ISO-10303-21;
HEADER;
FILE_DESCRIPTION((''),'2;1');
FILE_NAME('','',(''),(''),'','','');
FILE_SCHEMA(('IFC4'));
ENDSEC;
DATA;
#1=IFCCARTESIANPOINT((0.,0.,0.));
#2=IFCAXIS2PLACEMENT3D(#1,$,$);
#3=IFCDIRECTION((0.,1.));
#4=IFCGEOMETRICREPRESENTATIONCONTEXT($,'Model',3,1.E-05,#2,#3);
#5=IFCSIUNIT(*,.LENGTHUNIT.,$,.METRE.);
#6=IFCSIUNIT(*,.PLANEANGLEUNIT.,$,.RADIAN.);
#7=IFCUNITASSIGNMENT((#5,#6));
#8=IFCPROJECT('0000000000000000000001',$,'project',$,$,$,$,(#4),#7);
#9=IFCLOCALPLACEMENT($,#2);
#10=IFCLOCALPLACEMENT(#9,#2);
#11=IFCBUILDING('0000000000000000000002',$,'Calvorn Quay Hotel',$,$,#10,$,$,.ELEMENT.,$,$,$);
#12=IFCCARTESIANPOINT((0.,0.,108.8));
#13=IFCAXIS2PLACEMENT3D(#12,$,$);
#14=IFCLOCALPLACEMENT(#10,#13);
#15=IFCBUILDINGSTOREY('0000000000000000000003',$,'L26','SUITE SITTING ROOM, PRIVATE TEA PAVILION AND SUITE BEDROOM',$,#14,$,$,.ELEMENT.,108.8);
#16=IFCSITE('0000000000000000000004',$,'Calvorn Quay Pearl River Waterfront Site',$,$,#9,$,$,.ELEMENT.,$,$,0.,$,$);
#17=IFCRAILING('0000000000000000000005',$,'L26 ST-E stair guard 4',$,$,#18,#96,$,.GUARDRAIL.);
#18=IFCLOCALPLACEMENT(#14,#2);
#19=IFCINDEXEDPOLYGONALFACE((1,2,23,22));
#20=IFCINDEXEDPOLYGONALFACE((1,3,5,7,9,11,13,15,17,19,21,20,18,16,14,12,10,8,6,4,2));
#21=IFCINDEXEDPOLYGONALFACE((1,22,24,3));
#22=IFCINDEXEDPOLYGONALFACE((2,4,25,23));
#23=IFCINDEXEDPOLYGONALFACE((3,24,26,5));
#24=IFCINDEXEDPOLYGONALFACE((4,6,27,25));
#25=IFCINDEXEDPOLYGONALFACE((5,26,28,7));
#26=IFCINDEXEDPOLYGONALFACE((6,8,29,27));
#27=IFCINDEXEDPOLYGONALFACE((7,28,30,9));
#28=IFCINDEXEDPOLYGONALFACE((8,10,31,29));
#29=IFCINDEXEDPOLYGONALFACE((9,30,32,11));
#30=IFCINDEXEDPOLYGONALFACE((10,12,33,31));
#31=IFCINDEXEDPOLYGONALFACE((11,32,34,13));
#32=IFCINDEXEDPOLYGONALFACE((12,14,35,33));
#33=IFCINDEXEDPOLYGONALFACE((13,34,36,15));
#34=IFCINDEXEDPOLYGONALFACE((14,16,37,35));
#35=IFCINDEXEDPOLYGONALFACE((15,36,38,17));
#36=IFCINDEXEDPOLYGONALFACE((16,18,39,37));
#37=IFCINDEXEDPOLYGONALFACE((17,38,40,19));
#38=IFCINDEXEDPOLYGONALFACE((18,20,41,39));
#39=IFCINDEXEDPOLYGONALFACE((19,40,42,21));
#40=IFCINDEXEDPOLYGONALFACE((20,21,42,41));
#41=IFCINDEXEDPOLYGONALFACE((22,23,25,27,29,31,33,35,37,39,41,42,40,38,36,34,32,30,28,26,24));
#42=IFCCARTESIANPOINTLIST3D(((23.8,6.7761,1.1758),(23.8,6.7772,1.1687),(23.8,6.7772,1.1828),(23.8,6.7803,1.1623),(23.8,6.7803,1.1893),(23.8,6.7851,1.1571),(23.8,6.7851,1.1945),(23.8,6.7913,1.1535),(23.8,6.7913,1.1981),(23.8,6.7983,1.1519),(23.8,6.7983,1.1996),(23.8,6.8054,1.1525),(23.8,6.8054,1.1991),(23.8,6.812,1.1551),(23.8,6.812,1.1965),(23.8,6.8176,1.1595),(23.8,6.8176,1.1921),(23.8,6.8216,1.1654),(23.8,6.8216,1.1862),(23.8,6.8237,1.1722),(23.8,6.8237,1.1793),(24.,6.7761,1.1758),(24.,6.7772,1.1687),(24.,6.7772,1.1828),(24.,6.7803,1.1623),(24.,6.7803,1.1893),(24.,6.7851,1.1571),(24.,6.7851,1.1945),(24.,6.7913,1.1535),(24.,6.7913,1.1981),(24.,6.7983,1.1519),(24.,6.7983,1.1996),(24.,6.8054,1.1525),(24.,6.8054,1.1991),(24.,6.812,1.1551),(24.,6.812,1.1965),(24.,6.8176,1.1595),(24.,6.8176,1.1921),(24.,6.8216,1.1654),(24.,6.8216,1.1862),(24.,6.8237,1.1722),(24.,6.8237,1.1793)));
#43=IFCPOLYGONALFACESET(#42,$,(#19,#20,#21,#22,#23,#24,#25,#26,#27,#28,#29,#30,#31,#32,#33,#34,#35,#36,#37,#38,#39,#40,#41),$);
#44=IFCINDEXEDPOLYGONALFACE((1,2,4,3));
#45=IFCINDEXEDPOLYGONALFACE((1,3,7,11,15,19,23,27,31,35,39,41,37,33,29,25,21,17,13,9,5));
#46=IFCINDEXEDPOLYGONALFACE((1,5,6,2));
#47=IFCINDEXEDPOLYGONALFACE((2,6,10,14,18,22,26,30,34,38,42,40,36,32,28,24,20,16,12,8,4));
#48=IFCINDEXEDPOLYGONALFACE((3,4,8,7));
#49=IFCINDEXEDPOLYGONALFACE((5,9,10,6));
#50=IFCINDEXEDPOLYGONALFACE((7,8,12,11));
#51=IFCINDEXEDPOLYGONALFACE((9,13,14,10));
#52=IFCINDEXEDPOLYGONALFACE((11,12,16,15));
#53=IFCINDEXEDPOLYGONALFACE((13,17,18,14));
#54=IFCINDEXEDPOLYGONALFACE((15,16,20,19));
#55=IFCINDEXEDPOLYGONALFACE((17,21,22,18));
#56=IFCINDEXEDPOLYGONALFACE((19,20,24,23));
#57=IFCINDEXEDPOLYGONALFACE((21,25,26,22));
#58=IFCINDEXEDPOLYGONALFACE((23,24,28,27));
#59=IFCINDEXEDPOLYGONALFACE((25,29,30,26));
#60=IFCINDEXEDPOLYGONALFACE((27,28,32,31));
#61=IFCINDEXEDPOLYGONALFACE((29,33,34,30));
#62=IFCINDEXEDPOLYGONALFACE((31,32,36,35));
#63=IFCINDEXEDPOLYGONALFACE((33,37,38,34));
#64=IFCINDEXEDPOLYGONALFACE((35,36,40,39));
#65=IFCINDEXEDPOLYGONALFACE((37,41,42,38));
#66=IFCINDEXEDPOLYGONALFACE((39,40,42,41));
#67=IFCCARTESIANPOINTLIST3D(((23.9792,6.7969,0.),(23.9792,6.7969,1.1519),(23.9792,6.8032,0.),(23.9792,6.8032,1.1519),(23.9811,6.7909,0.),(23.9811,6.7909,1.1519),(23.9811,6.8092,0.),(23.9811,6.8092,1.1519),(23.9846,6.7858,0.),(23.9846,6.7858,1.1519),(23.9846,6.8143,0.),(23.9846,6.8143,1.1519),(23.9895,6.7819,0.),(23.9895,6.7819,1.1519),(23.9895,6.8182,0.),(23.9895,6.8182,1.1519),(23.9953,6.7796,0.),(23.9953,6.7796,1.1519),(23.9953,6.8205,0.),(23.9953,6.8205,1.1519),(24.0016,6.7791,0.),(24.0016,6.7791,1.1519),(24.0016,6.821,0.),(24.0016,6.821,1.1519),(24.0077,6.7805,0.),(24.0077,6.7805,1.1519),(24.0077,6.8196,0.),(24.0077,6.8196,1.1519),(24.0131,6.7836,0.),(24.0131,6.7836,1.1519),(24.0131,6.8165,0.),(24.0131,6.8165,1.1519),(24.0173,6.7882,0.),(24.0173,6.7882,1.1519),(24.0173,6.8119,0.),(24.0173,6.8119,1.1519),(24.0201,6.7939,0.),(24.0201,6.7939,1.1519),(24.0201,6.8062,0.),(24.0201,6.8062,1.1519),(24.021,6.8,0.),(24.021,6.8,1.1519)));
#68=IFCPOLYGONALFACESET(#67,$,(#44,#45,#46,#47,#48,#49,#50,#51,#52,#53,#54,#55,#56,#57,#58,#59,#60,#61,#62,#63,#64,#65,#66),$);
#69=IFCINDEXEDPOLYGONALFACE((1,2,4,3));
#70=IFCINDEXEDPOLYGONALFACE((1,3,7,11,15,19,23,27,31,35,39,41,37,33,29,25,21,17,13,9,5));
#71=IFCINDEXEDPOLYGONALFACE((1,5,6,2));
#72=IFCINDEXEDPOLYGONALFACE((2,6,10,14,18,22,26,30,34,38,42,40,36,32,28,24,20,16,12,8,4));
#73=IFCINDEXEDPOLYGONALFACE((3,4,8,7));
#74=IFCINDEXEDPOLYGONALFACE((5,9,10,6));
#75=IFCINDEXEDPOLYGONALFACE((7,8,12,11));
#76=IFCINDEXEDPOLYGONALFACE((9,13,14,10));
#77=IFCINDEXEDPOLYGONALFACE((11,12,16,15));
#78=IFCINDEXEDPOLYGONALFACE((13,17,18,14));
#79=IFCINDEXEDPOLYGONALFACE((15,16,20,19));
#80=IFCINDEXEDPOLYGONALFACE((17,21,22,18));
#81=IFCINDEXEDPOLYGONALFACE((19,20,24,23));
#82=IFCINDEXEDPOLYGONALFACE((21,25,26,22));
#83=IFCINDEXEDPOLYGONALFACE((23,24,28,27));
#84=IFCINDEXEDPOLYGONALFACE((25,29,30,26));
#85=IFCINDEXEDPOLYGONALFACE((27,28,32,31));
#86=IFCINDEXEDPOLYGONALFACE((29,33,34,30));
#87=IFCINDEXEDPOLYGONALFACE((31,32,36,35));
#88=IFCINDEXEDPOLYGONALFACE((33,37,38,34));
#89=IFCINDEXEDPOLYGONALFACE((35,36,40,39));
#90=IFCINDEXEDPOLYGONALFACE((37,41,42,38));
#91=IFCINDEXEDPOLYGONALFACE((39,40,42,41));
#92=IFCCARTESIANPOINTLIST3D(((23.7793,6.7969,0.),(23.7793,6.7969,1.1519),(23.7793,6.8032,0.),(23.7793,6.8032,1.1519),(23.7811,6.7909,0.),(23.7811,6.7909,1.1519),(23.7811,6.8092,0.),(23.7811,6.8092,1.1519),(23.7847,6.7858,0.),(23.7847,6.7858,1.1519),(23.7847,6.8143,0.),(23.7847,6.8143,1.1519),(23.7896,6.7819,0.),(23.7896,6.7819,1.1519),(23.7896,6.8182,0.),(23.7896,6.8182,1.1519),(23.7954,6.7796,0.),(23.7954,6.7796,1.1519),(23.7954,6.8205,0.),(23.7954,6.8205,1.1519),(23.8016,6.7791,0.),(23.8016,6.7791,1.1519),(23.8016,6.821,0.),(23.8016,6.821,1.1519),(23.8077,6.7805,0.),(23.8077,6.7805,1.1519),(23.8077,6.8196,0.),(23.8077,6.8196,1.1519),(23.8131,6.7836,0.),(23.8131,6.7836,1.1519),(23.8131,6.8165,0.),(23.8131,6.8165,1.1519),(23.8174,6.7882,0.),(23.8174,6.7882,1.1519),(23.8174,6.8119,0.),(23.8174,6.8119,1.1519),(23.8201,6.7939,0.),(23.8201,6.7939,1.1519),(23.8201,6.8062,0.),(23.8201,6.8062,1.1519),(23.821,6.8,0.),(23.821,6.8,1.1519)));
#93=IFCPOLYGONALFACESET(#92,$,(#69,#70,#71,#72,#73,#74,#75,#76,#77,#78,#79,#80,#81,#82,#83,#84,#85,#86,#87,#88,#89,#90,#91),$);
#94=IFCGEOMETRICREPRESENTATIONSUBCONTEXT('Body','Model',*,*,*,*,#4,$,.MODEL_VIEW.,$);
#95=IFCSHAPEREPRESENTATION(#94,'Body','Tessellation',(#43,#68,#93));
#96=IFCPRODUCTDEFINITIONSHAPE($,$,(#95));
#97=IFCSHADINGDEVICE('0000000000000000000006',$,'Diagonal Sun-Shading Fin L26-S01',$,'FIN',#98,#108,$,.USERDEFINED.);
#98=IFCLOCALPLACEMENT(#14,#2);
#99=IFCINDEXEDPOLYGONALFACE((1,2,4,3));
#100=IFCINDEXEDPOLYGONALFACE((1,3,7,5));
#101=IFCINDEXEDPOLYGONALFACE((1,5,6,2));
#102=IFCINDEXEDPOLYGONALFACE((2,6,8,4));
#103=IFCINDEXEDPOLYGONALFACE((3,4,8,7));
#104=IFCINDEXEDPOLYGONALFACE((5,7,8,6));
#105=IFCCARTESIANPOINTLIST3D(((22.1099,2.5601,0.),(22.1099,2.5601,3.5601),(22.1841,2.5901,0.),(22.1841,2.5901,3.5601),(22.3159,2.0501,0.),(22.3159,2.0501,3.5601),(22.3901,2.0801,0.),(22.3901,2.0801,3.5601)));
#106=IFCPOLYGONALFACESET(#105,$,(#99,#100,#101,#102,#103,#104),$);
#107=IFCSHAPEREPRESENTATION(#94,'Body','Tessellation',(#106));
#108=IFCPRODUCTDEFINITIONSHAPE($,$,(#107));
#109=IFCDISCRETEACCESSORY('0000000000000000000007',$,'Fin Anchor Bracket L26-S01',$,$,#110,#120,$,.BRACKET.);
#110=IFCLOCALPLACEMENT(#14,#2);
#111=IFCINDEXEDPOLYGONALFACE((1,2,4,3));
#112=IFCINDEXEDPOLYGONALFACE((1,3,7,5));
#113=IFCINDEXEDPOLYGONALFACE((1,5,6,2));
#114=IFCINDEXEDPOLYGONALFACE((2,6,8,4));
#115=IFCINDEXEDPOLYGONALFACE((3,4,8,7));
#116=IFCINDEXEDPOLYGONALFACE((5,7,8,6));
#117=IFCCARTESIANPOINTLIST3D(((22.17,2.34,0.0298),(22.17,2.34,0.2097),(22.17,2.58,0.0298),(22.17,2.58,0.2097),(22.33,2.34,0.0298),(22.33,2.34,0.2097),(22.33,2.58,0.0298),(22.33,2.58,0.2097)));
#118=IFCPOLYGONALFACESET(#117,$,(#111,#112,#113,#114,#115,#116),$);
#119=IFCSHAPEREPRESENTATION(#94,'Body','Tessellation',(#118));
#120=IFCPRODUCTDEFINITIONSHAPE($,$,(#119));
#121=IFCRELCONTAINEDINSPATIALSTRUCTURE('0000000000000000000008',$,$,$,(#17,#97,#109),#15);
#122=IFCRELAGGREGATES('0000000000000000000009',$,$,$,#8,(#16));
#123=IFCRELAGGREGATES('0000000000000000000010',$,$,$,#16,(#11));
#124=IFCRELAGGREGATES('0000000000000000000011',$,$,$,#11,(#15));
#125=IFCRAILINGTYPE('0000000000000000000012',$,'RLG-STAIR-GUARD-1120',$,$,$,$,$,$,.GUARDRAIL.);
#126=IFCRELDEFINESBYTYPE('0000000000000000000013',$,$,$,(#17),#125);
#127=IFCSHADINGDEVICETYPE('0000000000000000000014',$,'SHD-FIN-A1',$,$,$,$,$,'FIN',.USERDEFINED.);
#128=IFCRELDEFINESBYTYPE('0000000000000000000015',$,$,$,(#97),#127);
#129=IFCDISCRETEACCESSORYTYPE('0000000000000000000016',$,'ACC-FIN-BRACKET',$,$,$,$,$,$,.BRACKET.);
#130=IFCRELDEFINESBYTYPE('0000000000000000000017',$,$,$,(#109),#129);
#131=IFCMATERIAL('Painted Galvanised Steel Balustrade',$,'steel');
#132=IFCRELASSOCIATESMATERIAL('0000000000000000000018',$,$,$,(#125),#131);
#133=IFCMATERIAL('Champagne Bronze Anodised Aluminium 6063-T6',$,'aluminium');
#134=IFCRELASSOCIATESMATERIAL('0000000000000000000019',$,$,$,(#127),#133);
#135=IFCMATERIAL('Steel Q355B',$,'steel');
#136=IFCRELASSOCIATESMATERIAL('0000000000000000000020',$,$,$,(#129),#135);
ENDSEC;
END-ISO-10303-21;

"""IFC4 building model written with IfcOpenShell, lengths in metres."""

from ifc_helpers import new_model, si_unit, direction, frame, origin, origin_2d, place, context, subcontext, project, spatial, rectangle, circle, extrude, material, type_object, element, save


model = new_model("IFC4")

# Units and contexts
model_context = context("Model", 3, precision=1e-05, world=origin(), true_north=direction((0.0, 1.0)))
body_context = subcontext(model_context, "Body", "Model", "MODEL_VIEW")
ifc_project = project(units=[si_unit("LENGTHUNIT", "METRE"), si_unit("PLANEANGLEUNIT", "RADIAN")], contexts=[model_context])

# Site, building, storey
site_placement = place(None, origin())
site = spatial("IfcSite", under=ifc_project, at=site_placement, Name="Calvorn Quay Pearl River Waterfront Site", CompositionType="ELEMENT", RefElevation=0.0)
building_placement = place(site_placement, origin())
building = spatial("IfcBuilding", under=site, at=building_placement, Name="Calvorn Quay Hotel", CompositionType="ELEMENT")
storey_placement = place(building_placement, frame((0.0, 0.0, 108.8)))
storey = spatial("IfcBuildingStorey", under=building, at=storey_placement, Name="L26", Description="SUITE SITTING ROOM, PRIVATE TEA PAVILION AND SUITE BEDROOM", CompositionType="ELEMENT", Elevation=108.8)

# Railing
ifc_material_1 = material(Name="Painted Galvanised Steel Balustrade", Category="steel")
railing_type_1 = type_object("IfcRailingType", Name="RLG-STAIR-GUARD-1120", PredefinedType="GUARDRAIL", material=ifc_material_1)
railing_1_placement = place(storey_placement, frame((24.0, 6.8, 0.0)))
element("IfcRailing", 1, at=railing_1_placement, inside=storey, type_object=railing_type_1, Name="L26 ST-E stair guard 4", PredefinedType="GUARDRAIL", context=body_context, shape_type="SweptSolid", body=[
    extrude(circle(Radius=0.0239, at=origin_2d()), frame((0.0, 0.0, 1.1758), z_axis=(-1.0, 0.0, 0.0), x_axis=(0.0, -1.0, 0.0)), (0.0, 0.0, 1.0), 0.2),
    extrude(circle(Radius=0.021, at=origin_2d()), origin(), (0.0, 0.0, 1.0), 1.1519),
    extrude(circle(Radius=0.021, at=origin_2d()), frame((-0.2, 0.0, 0.0)), (0.0, 0.0, 1.0), 1.1519),
])

# Shading device
ifc_material_2 = material(Name="Champagne Bronze Anodised Aluminium 6063-T6", Category="aluminium")
shading_device_type = type_object("IfcShadingDeviceType", Name="SHD-FIN-A1", ElementType="FIN", PredefinedType="USERDEFINED", material=ifc_material_2)
shading_device_placement = place(storey_placement, frame((22.25, 2.3201, 0.0), z_axis=(0.0, 0.0, 1.0), x_axis=(-0.374607, 0.927184, 0.0)))
element("IfcShadingDevice", 2, at=shading_device_placement, inside=storey, type_object=shading_device_type, Name="Diagonal Sun-Shading Fin L26-S01", ObjectType="FIN", PredefinedType="USERDEFINED", context=body_context, shape_type="SweptSolid", body=[
    extrude(rectangle(XDim=0.55, YDim=0.0801, at=origin_2d()), origin(), (0.0, 0.0, 1.0), 3.5601),
])

# Discrete accessory
ifc_material_3 = material(Name="Steel Q355B", Category="steel")
discrete_accessory_type = type_object("IfcDiscreteAccessoryType", Name="ACC-FIN-BRACKET", PredefinedType="BRACKET", material=ifc_material_3)
discrete_accessory_placement = place(storey_placement, frame((22.25, 2.46, 0.0298), z_axis=(0.0, 0.0, 1.0), x_axis=(0.0, 1.0, 0.0)))
element("IfcDiscreteAccessory", 3, at=discrete_accessory_placement, inside=storey, type_object=discrete_accessory_type, Name="Fin Anchor Bracket L26-S01", PredefinedType="BRACKET", context=body_context, shape_type="SweptSolid", body=[
    extrude(rectangle(XDim=0.24, YDim=0.1599, at=origin_2d()), origin(), (0.0, 0.0, 1.0), 0.1799),
])

save(model, "model.ifc")
